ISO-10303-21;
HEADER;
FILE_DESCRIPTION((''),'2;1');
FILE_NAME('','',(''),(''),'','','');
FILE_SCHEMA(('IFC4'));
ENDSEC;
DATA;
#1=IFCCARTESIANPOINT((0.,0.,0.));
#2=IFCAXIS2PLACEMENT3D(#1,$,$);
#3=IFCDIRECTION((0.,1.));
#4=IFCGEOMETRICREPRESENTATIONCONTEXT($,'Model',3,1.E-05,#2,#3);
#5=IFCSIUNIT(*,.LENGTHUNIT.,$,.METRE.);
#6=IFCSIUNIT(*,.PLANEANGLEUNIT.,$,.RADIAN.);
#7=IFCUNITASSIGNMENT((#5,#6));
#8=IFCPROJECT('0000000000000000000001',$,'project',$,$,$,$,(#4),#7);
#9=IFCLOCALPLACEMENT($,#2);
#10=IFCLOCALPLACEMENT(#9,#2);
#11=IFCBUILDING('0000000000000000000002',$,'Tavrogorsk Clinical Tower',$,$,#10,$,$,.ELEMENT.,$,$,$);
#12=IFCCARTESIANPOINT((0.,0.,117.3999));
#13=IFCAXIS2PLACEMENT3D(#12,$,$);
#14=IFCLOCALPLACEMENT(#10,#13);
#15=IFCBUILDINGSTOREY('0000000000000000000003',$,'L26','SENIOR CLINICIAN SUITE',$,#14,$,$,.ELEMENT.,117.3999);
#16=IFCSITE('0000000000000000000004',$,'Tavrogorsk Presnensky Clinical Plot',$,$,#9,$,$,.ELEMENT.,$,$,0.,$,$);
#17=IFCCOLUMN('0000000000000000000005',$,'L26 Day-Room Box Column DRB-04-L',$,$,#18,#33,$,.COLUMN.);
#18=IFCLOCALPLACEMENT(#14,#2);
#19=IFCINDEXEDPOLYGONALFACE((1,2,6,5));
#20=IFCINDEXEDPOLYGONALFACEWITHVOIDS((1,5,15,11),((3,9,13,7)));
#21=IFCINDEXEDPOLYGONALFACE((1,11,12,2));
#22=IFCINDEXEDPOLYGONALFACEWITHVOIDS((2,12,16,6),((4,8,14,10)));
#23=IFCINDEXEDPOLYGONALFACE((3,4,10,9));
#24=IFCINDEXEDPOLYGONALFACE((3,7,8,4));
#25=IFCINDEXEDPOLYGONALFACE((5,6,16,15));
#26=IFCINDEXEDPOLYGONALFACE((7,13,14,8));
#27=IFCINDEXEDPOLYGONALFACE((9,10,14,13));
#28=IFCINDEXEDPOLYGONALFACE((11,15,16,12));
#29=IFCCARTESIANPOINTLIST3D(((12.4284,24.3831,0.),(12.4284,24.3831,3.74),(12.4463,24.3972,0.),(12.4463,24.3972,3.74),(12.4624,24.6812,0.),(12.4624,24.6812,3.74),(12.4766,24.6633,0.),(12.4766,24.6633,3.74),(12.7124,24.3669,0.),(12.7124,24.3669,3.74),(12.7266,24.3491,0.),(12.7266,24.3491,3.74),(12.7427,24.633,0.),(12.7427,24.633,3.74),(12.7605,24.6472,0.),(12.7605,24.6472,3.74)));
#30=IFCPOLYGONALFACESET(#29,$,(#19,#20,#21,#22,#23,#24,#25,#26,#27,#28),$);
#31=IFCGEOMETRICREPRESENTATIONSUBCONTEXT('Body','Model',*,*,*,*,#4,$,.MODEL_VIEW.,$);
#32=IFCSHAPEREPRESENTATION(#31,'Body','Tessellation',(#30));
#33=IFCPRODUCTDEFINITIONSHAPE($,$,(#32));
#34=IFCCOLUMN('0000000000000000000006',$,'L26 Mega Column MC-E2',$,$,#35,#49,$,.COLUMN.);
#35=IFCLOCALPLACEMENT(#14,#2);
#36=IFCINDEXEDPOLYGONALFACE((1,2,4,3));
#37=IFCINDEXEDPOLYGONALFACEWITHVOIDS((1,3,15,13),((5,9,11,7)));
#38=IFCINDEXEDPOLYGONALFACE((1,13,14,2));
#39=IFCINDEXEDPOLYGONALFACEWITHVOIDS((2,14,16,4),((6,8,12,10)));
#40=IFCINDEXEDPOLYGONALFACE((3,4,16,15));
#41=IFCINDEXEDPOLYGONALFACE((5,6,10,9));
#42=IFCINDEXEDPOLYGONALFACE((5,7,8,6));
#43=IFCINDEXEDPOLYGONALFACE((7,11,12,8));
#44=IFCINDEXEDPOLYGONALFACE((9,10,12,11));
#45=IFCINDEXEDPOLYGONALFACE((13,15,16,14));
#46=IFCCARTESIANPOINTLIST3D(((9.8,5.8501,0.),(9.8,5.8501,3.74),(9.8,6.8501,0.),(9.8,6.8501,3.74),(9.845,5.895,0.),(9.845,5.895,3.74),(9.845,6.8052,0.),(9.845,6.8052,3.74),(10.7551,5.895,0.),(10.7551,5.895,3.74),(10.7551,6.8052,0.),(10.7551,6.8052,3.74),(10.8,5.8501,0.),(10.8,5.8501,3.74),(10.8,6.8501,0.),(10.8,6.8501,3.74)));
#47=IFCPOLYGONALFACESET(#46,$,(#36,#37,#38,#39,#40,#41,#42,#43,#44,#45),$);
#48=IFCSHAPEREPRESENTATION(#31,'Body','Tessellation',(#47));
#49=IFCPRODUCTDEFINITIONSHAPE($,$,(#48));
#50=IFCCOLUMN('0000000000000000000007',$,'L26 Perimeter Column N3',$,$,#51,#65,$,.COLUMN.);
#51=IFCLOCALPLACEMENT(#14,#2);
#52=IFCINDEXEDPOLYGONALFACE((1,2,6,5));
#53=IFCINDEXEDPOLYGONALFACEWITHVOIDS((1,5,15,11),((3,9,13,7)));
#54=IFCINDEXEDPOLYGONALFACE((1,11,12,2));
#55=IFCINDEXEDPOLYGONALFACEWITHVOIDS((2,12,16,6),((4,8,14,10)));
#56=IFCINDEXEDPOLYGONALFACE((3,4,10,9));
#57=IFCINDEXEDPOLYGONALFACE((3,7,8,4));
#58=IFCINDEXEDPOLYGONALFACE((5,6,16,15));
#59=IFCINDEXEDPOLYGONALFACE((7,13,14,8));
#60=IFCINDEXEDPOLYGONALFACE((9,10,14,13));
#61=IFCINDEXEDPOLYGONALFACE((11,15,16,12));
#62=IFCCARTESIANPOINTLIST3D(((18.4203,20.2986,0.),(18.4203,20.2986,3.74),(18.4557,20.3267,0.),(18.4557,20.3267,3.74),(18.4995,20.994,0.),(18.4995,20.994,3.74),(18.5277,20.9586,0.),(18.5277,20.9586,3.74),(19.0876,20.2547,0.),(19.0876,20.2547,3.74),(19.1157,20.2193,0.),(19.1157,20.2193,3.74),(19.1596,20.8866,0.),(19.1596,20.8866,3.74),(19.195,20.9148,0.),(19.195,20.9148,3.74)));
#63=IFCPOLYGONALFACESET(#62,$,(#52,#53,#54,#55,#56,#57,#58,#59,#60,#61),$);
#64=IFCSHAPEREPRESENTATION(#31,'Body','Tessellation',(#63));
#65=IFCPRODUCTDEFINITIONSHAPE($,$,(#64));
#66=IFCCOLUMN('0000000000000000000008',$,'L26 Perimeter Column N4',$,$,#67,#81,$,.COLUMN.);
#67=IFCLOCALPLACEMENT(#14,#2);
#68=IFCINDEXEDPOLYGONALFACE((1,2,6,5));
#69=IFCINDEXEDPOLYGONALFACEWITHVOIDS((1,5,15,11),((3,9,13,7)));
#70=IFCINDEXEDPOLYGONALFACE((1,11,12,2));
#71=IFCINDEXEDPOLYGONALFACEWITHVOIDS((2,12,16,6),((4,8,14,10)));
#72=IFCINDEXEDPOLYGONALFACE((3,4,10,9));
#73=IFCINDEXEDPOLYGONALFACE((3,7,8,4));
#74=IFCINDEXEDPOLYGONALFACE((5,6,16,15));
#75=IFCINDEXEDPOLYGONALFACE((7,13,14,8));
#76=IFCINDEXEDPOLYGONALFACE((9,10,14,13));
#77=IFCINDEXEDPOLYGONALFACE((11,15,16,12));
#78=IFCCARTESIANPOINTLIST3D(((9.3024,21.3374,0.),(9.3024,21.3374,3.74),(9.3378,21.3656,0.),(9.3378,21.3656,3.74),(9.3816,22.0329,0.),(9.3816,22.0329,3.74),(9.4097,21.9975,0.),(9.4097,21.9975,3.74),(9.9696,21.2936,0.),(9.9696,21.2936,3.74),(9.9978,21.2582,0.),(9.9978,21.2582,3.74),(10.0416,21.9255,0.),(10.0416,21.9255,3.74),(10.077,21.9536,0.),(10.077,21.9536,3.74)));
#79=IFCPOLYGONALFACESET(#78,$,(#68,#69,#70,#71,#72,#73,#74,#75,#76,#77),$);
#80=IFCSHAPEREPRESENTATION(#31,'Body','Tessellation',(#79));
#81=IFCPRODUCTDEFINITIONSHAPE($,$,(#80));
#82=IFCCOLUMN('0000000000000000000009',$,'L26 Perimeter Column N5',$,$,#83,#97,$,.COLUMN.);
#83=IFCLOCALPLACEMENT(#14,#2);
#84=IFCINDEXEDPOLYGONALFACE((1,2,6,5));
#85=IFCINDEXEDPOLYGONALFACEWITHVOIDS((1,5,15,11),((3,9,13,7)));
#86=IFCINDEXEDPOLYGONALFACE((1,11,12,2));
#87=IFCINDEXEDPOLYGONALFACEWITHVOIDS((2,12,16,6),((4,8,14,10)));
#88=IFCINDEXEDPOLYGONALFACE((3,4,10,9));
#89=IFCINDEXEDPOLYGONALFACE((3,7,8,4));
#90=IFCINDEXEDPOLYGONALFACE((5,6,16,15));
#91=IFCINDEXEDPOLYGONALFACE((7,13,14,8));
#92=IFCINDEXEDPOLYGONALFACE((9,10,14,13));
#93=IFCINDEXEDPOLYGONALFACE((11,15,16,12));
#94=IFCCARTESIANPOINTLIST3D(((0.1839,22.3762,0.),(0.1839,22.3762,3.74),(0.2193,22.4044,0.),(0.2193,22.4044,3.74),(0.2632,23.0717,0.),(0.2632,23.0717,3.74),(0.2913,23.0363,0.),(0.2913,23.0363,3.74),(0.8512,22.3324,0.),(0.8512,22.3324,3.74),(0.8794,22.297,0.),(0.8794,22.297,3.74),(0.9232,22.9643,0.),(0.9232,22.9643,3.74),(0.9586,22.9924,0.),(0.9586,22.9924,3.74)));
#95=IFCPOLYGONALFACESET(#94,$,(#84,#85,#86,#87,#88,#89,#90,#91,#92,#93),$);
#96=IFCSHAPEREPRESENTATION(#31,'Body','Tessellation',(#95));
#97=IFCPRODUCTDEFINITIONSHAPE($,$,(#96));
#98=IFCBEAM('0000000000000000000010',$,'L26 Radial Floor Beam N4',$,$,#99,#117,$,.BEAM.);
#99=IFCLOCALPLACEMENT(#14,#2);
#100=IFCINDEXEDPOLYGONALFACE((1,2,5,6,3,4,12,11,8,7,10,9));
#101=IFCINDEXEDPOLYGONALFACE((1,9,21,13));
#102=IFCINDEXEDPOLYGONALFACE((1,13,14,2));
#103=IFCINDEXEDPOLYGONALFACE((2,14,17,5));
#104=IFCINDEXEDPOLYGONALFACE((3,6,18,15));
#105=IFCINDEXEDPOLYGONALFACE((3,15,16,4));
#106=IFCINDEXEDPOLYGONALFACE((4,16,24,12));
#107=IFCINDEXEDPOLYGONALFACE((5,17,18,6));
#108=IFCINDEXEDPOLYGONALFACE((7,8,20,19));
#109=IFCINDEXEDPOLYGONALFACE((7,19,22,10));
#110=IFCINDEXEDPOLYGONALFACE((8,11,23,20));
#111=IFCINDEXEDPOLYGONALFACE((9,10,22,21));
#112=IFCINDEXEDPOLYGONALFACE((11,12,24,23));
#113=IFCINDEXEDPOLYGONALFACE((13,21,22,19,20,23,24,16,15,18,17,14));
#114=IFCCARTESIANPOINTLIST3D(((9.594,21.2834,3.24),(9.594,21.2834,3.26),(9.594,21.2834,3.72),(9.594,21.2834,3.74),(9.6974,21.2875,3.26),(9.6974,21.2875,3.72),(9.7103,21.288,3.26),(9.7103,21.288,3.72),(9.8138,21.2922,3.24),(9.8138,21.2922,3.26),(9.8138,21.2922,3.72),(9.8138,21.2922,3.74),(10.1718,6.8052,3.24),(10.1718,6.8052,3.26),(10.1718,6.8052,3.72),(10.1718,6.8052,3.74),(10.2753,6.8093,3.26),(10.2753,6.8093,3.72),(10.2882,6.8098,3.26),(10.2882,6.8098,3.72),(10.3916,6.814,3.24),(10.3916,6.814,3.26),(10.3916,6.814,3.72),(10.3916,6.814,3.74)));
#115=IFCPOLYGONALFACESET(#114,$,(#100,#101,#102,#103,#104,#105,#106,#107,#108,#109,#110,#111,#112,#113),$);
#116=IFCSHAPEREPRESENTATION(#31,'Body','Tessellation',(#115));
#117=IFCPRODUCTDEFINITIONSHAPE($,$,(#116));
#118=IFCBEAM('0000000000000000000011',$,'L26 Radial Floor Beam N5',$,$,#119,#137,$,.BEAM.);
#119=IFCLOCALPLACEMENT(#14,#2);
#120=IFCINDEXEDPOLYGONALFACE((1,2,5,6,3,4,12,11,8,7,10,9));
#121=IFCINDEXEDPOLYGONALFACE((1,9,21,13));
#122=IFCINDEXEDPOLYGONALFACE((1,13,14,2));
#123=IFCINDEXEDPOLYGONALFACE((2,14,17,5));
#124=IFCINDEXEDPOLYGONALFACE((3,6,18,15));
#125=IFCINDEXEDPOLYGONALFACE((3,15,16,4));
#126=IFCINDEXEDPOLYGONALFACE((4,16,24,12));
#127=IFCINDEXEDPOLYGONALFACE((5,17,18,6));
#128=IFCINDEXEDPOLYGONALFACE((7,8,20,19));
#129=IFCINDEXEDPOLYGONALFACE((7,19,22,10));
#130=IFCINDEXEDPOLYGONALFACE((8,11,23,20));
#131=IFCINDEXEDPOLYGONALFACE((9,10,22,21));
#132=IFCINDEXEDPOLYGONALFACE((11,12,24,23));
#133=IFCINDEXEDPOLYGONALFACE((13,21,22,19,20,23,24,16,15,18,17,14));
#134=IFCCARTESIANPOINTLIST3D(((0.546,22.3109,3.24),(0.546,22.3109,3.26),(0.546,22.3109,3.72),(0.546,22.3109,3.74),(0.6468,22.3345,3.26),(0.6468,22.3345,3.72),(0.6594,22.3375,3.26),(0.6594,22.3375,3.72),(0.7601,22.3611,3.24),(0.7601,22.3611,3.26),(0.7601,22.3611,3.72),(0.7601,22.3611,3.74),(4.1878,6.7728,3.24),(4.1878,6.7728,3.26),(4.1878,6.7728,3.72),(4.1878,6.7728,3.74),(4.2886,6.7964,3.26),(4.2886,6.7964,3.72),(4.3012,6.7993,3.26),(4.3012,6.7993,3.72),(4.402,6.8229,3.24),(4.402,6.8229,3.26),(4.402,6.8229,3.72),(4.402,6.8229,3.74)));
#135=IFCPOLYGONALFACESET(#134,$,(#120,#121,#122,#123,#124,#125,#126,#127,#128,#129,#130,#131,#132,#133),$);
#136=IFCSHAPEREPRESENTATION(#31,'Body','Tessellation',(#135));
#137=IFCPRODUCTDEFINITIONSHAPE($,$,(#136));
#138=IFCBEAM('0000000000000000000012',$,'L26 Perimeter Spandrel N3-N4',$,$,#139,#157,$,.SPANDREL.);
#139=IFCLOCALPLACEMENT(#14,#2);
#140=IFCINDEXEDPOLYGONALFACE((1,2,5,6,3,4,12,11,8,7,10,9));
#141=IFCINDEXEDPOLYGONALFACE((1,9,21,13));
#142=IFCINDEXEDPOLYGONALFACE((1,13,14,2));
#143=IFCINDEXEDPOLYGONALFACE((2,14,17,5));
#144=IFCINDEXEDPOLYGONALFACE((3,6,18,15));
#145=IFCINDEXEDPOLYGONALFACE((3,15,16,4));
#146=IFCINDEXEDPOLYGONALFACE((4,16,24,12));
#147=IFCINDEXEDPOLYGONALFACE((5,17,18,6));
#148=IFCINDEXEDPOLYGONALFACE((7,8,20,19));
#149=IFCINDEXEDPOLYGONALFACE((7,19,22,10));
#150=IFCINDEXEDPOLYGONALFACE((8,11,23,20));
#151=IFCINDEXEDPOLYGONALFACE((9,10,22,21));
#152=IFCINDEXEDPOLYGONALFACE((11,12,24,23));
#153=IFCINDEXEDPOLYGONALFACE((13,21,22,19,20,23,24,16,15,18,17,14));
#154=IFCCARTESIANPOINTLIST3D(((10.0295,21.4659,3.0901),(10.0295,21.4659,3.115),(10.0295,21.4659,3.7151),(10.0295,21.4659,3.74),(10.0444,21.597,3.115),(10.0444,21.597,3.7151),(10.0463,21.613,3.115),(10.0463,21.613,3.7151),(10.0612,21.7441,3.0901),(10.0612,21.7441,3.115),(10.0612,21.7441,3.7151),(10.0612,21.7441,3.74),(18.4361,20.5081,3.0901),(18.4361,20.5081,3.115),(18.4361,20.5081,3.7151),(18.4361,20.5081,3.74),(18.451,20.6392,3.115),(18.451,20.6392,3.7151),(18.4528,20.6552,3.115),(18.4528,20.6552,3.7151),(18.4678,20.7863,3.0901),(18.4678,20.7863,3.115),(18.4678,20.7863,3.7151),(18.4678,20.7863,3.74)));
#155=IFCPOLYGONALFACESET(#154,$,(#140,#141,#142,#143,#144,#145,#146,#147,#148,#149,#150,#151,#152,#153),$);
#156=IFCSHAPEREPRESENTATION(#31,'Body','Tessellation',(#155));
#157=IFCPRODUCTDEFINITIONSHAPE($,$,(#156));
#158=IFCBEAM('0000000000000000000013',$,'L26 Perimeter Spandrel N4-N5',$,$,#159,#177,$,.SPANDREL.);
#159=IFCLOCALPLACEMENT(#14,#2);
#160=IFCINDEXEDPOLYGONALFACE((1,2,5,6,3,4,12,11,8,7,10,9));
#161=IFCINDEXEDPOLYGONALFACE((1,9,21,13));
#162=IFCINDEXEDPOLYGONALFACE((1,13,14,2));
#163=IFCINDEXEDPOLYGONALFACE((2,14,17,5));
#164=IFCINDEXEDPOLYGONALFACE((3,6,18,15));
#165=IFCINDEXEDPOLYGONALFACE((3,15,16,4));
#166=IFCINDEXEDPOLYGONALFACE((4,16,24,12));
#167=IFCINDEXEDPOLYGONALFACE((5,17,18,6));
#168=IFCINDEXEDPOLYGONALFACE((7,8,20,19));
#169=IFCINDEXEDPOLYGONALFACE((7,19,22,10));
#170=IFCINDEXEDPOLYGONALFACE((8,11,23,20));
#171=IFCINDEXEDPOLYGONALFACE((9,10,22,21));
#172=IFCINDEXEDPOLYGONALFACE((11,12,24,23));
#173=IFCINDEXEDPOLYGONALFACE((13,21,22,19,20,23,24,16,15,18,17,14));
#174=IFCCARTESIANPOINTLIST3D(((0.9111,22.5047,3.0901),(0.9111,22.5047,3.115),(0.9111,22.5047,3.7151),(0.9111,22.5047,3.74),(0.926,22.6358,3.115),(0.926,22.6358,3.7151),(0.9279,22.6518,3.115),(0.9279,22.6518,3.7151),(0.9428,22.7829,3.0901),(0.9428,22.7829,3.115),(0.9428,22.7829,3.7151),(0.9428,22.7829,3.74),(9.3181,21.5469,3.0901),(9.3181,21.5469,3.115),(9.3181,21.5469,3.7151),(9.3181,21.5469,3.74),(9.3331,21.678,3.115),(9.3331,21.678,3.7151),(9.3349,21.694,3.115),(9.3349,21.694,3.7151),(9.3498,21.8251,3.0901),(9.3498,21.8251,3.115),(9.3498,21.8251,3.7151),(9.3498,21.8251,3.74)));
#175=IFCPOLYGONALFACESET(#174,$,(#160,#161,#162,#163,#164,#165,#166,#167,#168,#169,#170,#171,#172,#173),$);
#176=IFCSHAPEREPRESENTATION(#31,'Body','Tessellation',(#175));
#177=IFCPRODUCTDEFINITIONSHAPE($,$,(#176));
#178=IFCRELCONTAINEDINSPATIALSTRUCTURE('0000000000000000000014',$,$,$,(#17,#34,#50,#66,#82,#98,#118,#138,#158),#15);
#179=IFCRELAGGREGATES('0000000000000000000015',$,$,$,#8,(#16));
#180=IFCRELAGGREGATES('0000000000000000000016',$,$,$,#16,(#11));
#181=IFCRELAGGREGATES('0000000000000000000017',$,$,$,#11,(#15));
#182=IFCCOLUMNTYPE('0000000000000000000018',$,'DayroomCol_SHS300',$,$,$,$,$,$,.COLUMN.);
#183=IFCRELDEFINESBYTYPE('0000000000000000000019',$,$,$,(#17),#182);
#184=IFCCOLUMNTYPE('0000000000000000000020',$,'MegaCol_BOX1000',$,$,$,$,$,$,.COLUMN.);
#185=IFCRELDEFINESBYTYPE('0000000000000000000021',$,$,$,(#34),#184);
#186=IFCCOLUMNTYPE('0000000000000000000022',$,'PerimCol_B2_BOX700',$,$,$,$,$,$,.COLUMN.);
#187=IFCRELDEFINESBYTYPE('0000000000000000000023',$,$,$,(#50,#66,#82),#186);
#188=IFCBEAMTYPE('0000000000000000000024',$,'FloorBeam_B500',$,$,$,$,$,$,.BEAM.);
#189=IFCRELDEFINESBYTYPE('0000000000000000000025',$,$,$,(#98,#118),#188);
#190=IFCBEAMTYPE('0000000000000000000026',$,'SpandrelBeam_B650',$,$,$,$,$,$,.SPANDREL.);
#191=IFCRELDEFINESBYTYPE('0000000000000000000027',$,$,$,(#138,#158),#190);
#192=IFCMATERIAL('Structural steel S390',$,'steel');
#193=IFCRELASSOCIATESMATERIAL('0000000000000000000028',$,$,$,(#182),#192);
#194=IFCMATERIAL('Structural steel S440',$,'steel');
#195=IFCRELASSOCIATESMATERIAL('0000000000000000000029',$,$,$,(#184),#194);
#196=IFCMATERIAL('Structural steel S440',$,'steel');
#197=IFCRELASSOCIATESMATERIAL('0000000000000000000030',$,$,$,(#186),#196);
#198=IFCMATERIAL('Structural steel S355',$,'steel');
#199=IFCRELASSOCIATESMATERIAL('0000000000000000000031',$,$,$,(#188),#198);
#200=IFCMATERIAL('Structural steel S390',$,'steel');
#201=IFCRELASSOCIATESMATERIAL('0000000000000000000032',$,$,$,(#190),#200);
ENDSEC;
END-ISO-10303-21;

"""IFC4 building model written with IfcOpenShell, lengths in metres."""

from ifc_helpers import new_model, si_unit, direction, frame, origin, origin_2d, place, context, subcontext, project, spatial, hollow_rectangle, i_section, extrude, material, material_profile, profile_set, type_object, element, save


model = new_model("IFC4")

# Units and contexts
model_context = context("Model", 3, precision=1e-05, world=origin(), true_north=direction((0.0, 1.0)))
body_context = subcontext(model_context, "Body", "Model", "MODEL_VIEW")
ifc_project = project(units=[si_unit("LENGTHUNIT", "METRE"), si_unit("PLANEANGLEUNIT", "RADIAN")], contexts=[model_context])

# Site, building, storey
site_placement = place(None, origin())
site = spatial("IfcSite", under=ifc_project, at=site_placement, Name="Tavrogorsk Presnensky Clinical Plot", CompositionType="ELEMENT", RefElevation=0.0)
building_placement = place(site_placement, origin())
building = spatial("IfcBuilding", under=site, at=building_placement, Name="Tavrogorsk Clinical Tower", CompositionType="ELEMENT")
storey_placement = place(building_placement, frame((0.0, 0.0, 117.3999)))
storey = spatial("IfcBuildingStorey", under=building, at=storey_placement, Name="L26", Description="SENIOR CLINICIAN SUITE", CompositionType="ELEMENT", Elevation=117.3999)

# Columns
ifc_material_1 = material(Name="Structural steel S390", Category="steel")
ifc_material_profile_1 = material_profile(ifc_material_1, hollow_rectangle(XDim=0.3, YDim=0.3, WallThickness=0.0161, at=origin_2d()), Name="SHS-300x300x16")
ifc_profile_set_1 = profile_set([ifc_material_profile_1], Name="Structural steel S390")
column_type_1 = type_object("IfcColumnType", Name="DayroomCol_SHS300", PredefinedType="COLUMN", material=ifc_profile_set_1)
column_1_placement = place(storey_placement, frame((12.5945, 24.5151, 0.0), z_axis=(0.0, 0.0, 1.0), x_axis=(0.993572, -0.113203, 0.0)))
element("IfcColumn", 1, at=column_1_placement, inside=storey, type_object=column_type_1, Name="L26 Day-Room Box Column DRB-04-L", PredefinedType="COLUMN", context=body_context, shape_type="SweptSolid", body=[
    extrude(hollow_rectangle(XDim=0.3, YDim=0.3, WallThickness=0.0161, at=origin_2d()), origin(), (0.0, 0.0, 1.0), 3.74),
])
ifc_material_2 = material(Name="Structural steel S440", Category="steel")
ifc_material_profile_2 = material_profile(ifc_material_2, hollow_rectangle(XDim=1.0, YDim=1.0, WallThickness=0.0449, at=origin_2d()), Name="BOX-1000x1000x45")
ifc_profile_set_2 = profile_set([ifc_material_profile_2], Name="Structural steel S440")
column_type_2 = type_object("IfcColumnType", Name="MegaCol_BOX1000", PredefinedType="COLUMN", material=ifc_profile_set_2)
column_2_placement = place(storey_placement, frame((10.3, 6.3501, 0.0), z_axis=(0.0, 0.0, 1.0), x_axis=(1.0, 0.0, 0.0)))
element("IfcColumn", 2, at=column_2_placement, inside=storey, type_object=column_type_2, Name="L26 Mega Column MC-E2", PredefinedType="COLUMN", context=body_context, shape_type="SweptSolid", body=[
    extrude(hollow_rectangle(XDim=1.0, YDim=1.0, WallThickness=0.0449, at=origin_2d()), origin(), (0.0, 0.0, 1.0), 3.74),
])
ifc_material_3 = material(Name="Structural steel S440", Category="steel")
ifc_material_profile_3 = material_profile(ifc_material_3, hollow_rectangle(XDim=0.7, YDim=0.7, WallThickness=0.032, at=origin_2d()), Name="BOX-700x700x32")
ifc_profile_set_3 = profile_set([ifc_material_profile_3], Name="Structural steel S440")
column_type_3 = type_object("IfcColumnType", Name="PerimCol_B2_BOX700", PredefinedType="COLUMN", material=ifc_profile_set_3)
for number, where, z_axis, x_axis, name in (
    (3, (18.8076, 20.6067, 0.0), (0.0, 0.0, 1.0), (0.993572, -0.113203, 0.0), "L26 Perimeter Column N3"),
    (4, (9.6897, 21.6455, 0.0), (0.0, 0.0, 1.0), (0.993572, -0.113203, 0.0), "L26 Perimeter Column N4"),
    (5, (0.5713, 22.6843, 0.0), (0.0, 0.0, 1.0), (0.993572, -0.113203, 0.0), "L26 Perimeter Column N5"),
):
    element("IfcColumn", number, at=place(storey_placement, frame(where, z_axis=z_axis, x_axis=x_axis)), inside=storey, type_object=column_type_3, Name=name, PredefinedType="COLUMN", context=body_context, shape_type="SweptSolid", body=[
        extrude(hollow_rectangle(XDim=0.7, YDim=0.7, WallThickness=0.032, at=origin_2d()), origin(), (0.0, 0.0, 1.0), 3.74),
    ])

# Beams
ifc_material_4 = material(Name="Structural steel S355", Category="steel")
ifc_material_profile_4 = material_profile(ifc_material_4, i_section(OverallWidth=0.22, OverallDepth=0.5, WebThickness=0.0129, FlangeThickness=0.02, at=origin_2d()), Name="B-500x220x13x20")
ifc_profile_set_4 = profile_set([ifc_material_profile_4], Name="Structural steel S355")
beam_type_1 = type_object("IfcBeamType", Name="FloorBeam_B500", PredefinedType="BEAM", material=ifc_profile_set_4)
beam_1_placement = place(storey_placement, frame((10.2817, 6.8096, 3.49), z_axis=(-0.039882, 0.999204, 0.0), x_axis=(-0.999204, -0.039882, 0.0)))
element("IfcBeam", 6, at=beam_1_placement, inside=storey, type_object=beam_type_1, Name="L26 Radial Floor Beam N4", PredefinedType="BEAM", context=body_context, shape_type="SweptSolid", body=[
    extrude(i_section(OverallWidth=0.22, OverallDepth=0.5, WebThickness=0.0129, FlangeThickness=0.02, at=origin_2d()), origin(), (0.0, 0.0, 1.0), 14.4897),
])
beam_2_placement = place(storey_placement, frame((4.2949, 6.7979, 3.49), z_axis=(-0.228198, 0.973615, 0.0), x_axis=(-0.973615, -0.228198, 0.0)))
element("IfcBeam", 7, at=beam_2_placement, inside=storey, type_object=beam_type_1, Name="L26 Radial Floor Beam N5", PredefinedType="BEAM", context=body_context, shape_type="SweptSolid", body=[
    extrude(i_section(OverallWidth=0.22, OverallDepth=0.5, WebThickness=0.0129, FlangeThickness=0.02, at=origin_2d()), origin(), (0.0, 0.0, 1.0), 15.9592),
])
ifc_material_5 = material(Name="Structural steel S390", Category="steel")
ifc_material_profile_5 = material_profile(ifc_material_5, i_section(OverallWidth=0.28, OverallDepth=0.6499, WebThickness=0.0161, FlangeThickness=0.0249, at=origin_2d()), Name="B-650x280x16x25")
ifc_profile_set_5 = profile_set([ifc_material_profile_5], Name="Structural steel S390")
beam_type_2 = type_object("IfcBeamType", Name="SpandrelBeam_B650", PredefinedType="SPANDREL", material=ifc_profile_set_5)
beam_3_placement = place(storey_placement, frame((18.4519, 20.6472, 3.415), z_axis=(-0.993572, 0.113199, 0.0), x_axis=(-0.113199, -0.993572, 0.0)))
element("IfcBeam", 8, at=beam_3_placement, inside=storey, type_object=beam_type_2, Name="L26 Perimeter Spandrel N3-N4", PredefinedType="SPANDREL", context=body_context, shape_type="SweptSolid", body=[
    extrude(i_section(OverallWidth=0.28, OverallDepth=0.6499, WebThickness=0.0161, FlangeThickness=0.0249, at=origin_2d()), origin(), (0.0, 0.0, 1.0), 8.4609),
])
for number, where, z_axis, x_axis, name in (
    (9, (9.334, 21.686, 3.415), (-0.993573, 0.113193, 0.0), (-0.113193, -0.993573, 0.0), "L26 Perimeter Spandrel N4-N5"),
):
    element("IfcBeam", number, at=place(storey_placement, frame(where, z_axis=z_axis, x_axis=x_axis)), inside=storey, type_object=beam_type_2, Name=name, PredefinedType="SPANDREL", context=body_context, shape_type="SweptSolid", body=[
        extrude(i_section(OverallWidth=0.28, OverallDepth=0.6499, WebThickness=0.0161, FlangeThickness=0.0249, at=origin_2d()), origin(), (0.0, 0.0, 1.0), 8.4614),
    ])

save(model, "model.ifc")
